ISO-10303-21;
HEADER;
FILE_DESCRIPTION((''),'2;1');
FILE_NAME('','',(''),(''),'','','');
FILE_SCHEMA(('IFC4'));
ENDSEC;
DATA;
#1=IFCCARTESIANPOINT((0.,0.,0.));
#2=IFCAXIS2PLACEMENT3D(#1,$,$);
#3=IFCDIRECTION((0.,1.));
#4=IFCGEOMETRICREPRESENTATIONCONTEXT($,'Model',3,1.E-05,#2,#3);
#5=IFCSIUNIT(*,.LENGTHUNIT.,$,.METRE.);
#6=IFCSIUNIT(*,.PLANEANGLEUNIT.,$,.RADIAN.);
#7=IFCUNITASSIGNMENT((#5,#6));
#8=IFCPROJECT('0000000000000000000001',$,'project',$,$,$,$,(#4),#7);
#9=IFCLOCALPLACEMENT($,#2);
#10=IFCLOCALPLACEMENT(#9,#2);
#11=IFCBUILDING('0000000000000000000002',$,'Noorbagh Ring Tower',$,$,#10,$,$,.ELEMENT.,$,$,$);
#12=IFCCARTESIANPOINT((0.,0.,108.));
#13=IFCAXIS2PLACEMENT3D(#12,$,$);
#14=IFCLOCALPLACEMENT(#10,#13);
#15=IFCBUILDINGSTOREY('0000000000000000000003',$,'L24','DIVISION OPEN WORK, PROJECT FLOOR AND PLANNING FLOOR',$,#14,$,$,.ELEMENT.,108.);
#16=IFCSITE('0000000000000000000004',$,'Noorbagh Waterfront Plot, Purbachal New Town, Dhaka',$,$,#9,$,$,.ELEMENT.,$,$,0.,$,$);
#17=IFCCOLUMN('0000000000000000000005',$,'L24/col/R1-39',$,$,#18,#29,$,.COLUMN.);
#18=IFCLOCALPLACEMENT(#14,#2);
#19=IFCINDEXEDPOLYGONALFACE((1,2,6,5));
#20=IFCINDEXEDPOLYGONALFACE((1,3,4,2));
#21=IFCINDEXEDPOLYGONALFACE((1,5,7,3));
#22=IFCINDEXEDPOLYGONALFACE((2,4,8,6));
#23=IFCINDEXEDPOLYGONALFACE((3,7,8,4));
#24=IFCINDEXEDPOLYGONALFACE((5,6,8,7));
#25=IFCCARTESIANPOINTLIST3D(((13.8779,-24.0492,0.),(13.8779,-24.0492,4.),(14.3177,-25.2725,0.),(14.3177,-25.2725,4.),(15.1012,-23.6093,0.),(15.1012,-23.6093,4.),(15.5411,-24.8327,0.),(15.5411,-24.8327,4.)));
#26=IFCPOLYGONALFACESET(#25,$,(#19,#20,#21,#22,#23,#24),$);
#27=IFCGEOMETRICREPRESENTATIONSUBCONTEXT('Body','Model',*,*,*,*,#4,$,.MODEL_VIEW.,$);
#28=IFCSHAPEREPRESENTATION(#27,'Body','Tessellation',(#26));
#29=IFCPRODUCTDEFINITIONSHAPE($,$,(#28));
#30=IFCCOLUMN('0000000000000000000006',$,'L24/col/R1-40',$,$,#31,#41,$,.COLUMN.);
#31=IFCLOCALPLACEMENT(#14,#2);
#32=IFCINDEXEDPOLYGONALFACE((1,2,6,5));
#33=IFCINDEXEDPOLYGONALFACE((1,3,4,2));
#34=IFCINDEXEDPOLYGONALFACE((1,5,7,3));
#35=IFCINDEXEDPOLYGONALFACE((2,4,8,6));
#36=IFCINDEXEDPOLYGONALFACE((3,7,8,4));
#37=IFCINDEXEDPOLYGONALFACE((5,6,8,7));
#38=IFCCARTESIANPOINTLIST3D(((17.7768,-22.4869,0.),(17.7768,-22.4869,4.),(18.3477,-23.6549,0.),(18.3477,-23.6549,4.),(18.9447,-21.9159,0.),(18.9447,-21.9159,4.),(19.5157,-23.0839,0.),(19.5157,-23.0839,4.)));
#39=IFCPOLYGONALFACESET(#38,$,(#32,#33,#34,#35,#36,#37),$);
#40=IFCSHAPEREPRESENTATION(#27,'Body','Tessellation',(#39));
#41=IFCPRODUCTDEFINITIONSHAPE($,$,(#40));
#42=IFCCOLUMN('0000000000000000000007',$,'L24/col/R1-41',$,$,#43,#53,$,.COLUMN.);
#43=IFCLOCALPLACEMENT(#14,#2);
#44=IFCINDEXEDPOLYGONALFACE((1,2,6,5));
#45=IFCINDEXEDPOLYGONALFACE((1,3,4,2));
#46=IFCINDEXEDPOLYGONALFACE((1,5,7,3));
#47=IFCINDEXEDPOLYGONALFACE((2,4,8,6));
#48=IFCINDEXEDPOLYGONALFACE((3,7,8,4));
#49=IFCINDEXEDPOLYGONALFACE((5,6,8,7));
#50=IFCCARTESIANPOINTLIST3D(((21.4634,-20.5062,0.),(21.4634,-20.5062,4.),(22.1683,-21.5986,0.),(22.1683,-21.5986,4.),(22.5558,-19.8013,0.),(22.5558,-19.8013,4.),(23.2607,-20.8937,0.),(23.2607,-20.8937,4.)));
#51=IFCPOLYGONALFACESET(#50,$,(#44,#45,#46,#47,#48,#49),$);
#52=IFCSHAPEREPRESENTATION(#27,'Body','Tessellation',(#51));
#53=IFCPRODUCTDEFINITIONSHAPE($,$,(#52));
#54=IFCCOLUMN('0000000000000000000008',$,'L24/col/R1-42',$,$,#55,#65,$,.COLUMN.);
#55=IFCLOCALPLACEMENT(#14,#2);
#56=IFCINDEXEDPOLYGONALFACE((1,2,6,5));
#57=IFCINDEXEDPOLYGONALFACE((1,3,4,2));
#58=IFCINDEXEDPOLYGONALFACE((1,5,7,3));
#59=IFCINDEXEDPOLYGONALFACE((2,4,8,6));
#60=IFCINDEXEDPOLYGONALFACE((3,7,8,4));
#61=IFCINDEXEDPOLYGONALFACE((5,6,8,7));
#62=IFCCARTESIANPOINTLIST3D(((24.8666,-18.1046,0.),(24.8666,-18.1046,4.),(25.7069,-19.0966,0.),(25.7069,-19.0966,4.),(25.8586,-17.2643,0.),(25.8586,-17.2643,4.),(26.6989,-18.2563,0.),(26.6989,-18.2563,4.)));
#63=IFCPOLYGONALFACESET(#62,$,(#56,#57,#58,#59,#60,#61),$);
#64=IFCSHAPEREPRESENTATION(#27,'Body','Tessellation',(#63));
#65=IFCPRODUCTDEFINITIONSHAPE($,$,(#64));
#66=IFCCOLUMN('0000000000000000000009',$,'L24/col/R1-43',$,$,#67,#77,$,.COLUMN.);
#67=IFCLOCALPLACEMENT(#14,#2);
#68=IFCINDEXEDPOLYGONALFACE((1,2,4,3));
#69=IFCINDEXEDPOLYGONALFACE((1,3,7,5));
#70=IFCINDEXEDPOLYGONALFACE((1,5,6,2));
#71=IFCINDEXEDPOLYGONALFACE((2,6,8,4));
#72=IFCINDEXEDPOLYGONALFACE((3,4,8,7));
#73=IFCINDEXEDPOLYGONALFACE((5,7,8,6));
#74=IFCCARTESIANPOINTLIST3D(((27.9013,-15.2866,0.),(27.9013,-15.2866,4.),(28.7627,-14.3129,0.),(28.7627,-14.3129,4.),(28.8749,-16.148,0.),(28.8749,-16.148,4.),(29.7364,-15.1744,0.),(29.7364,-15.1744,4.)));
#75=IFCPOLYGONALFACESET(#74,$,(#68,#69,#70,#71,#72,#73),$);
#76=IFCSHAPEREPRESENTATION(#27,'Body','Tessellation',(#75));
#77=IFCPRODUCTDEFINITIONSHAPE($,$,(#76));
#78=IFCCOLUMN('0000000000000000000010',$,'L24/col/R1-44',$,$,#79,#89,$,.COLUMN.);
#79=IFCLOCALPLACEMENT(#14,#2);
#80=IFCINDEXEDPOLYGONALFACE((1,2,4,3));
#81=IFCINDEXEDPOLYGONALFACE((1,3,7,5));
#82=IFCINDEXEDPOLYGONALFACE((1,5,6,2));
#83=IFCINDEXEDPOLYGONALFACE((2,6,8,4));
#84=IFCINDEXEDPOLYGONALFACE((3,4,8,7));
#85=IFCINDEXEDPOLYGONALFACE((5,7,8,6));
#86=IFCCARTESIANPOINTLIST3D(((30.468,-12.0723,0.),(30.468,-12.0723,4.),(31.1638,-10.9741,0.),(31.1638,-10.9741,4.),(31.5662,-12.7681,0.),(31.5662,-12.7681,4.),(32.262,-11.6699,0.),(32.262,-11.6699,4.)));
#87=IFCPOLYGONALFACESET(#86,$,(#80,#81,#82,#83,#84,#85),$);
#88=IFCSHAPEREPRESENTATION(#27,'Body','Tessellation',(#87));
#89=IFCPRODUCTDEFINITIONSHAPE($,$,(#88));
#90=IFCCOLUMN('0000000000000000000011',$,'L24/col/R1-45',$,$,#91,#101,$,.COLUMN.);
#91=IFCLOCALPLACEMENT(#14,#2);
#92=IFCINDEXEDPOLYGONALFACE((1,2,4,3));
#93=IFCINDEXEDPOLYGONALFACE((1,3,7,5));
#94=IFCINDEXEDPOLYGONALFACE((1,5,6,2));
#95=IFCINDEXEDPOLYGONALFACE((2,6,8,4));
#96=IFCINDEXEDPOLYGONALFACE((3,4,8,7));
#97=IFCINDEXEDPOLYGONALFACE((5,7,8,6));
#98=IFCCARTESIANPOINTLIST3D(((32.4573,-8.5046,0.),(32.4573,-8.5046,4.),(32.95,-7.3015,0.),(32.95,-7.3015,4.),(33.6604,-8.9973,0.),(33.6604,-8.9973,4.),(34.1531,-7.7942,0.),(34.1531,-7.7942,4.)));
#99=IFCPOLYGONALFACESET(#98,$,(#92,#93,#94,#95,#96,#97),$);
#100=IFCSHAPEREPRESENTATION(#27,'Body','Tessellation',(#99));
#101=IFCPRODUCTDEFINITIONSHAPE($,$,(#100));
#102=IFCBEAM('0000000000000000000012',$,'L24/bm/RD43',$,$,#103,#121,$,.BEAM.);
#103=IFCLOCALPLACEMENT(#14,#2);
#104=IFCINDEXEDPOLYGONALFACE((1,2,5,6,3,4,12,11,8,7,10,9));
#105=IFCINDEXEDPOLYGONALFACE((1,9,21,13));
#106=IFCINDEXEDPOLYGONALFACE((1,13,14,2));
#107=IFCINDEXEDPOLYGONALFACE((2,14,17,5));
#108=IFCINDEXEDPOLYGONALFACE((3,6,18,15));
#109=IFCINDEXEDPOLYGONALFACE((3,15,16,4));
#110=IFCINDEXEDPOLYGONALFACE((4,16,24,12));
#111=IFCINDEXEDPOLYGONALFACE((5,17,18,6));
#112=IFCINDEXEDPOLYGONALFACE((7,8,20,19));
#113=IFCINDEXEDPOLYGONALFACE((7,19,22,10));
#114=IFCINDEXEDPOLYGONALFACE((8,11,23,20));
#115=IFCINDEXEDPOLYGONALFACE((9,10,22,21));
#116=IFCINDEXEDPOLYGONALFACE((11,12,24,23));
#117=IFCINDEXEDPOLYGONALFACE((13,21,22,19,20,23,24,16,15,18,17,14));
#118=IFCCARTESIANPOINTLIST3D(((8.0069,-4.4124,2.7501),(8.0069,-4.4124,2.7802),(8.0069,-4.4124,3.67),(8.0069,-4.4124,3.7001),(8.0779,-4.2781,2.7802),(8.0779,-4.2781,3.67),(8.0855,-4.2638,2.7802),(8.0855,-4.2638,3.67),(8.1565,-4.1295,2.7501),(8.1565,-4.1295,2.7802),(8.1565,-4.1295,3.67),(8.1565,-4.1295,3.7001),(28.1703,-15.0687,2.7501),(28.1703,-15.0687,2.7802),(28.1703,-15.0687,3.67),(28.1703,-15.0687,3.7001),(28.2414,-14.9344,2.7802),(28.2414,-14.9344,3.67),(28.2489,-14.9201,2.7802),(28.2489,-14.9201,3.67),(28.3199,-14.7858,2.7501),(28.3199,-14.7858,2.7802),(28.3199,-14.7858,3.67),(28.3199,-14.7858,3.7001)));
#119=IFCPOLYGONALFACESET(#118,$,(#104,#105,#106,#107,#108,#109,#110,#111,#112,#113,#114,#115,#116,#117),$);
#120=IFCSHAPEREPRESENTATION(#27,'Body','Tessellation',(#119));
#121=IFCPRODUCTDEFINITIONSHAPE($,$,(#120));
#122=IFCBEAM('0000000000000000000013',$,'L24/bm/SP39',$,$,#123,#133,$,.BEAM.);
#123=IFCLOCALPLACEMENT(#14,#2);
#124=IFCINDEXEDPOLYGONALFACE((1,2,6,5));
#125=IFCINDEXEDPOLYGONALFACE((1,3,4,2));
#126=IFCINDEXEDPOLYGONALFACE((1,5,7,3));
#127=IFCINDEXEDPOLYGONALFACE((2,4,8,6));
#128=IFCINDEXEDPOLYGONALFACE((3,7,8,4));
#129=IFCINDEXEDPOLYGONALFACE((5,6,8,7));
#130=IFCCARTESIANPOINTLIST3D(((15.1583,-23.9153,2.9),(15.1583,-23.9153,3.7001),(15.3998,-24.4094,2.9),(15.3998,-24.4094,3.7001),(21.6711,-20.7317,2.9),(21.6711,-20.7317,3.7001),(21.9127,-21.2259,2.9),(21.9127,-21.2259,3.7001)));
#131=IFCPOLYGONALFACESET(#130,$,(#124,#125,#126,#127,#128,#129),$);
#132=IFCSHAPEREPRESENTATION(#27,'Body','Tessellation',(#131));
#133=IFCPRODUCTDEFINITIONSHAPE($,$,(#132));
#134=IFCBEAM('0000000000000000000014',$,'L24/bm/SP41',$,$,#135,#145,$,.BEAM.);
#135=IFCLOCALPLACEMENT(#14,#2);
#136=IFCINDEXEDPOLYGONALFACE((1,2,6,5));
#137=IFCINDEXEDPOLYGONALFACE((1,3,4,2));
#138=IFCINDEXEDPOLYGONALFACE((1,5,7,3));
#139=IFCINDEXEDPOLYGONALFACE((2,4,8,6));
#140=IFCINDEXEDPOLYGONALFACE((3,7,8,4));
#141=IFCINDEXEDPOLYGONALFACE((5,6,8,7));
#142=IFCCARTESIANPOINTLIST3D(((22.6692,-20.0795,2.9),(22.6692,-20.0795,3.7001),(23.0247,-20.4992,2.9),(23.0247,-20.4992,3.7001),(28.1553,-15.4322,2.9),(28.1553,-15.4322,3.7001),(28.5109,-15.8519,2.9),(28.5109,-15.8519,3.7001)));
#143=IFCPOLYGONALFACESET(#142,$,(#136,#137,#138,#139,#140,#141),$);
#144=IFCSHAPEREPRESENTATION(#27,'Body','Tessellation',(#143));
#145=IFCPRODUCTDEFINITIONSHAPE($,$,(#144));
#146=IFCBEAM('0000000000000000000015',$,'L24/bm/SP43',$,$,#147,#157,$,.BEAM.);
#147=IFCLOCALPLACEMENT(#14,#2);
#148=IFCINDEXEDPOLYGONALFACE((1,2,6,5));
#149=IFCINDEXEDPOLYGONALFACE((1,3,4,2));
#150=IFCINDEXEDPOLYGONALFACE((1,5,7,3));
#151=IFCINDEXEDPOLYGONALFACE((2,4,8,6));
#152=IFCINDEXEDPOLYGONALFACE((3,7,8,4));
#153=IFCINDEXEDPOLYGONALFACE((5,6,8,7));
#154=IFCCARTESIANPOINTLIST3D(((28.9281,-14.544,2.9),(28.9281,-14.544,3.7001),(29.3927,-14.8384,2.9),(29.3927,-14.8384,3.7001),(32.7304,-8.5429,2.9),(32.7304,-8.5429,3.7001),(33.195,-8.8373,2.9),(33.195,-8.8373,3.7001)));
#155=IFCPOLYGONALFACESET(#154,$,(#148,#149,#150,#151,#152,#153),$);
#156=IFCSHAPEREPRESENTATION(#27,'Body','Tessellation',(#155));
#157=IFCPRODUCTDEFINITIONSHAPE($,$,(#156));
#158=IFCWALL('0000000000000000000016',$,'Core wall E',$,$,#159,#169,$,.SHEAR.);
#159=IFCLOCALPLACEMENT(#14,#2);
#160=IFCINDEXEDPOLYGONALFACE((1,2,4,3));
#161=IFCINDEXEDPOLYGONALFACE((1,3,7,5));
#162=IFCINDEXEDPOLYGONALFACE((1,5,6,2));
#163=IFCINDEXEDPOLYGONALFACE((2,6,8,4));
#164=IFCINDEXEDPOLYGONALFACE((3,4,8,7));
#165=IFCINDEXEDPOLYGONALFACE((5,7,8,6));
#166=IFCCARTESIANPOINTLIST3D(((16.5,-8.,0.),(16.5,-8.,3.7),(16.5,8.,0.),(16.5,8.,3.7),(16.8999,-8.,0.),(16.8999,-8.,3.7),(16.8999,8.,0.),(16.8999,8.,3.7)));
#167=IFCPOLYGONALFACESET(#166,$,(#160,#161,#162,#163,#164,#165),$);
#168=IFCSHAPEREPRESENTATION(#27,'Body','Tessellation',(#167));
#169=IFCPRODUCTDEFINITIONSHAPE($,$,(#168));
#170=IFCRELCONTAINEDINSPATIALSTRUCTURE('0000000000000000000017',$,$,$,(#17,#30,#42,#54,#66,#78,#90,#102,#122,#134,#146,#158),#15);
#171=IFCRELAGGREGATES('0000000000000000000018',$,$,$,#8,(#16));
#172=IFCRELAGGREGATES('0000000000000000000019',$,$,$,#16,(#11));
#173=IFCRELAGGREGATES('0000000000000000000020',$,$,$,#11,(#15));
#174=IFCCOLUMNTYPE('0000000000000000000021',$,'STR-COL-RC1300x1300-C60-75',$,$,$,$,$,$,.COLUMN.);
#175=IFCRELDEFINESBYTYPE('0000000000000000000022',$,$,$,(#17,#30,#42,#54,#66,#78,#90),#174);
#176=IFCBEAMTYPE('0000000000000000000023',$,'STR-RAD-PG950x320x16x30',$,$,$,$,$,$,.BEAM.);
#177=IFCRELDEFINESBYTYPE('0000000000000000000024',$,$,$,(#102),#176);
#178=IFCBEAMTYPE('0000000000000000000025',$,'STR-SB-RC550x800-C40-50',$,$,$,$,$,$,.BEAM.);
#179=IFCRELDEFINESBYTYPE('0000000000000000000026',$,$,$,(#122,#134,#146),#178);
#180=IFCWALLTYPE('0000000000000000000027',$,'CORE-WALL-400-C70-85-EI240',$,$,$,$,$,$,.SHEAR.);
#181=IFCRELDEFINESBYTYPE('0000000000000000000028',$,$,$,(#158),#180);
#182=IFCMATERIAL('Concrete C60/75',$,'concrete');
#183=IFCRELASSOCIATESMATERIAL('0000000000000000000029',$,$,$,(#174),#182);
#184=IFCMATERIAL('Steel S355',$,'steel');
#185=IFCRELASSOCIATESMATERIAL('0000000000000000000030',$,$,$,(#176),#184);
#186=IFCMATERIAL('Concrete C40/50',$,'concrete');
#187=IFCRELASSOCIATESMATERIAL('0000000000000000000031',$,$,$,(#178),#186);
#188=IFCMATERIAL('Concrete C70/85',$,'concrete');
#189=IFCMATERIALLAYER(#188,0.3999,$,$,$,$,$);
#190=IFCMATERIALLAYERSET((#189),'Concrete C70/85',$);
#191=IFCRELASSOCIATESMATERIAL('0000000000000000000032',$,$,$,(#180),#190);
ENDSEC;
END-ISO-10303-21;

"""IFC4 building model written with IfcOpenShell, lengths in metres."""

from ifc_helpers import new_model, si_unit, direction, frame, frame_2d, origin, origin_2d, place, context, subcontext, project, spatial, rectangle, i_section, extrude, material, layer, layer_set, material_profile, profile_set, type_object, element, save


model = new_model("IFC4")

# Units and contexts
model_context = context("Model", 3, precision=1e-05, world=origin(), true_north=direction((0.0, 1.0)))
body_context = subcontext(model_context, "Body", "Model", "MODEL_VIEW")
ifc_project = project(units=[si_unit("LENGTHUNIT", "METRE"), si_unit("PLANEANGLEUNIT", "RADIAN")], contexts=[model_context])

# Site, building, storey
site_placement = place(None, origin())
site = spatial("IfcSite", under=ifc_project, at=site_placement, Name="Noorbagh Waterfront Plot, Purbachal New Town, Dhaka", CompositionType="ELEMENT", RefElevation=0.0)
building_placement = place(site_placement, origin())
building = spatial("IfcBuilding", under=site, at=building_placement, Name="Noorbagh Ring Tower", CompositionType="ELEMENT")
storey_placement = place(building_placement, frame((0.0, 0.0, 108.0)))
storey = spatial("IfcBuildingStorey", under=building, at=storey_placement, Name="L24", Description="DIVISION OPEN WORK, PROJECT FLOOR AND PLANNING FLOOR", CompositionType="ELEMENT", Elevation=108.0)

# Columns
ifc_material_1 = material(Name="Concrete C60/75", Category="concrete")
ifc_material_profile_1 = material_profile(ifc_material_1, rectangle(XDim=1.3, YDim=1.3, at=origin_2d()), Name="RC1300x1300")
ifc_profile_set_1 = profile_set([ifc_material_profile_1], Name="Concrete C60/75")
column_type = type_object("IfcColumnType", Name="STR-COL-RC1300x1300-C60-75", PredefinedType="COLUMN", material=ifc_profile_set_1)
for number, where, z_axis, x_axis, name in (
    (1, (14.7095, -24.4409, 0.0), (0.0, 0.0, 1.0), (0.941025, 0.338338, 0.0), "L24/col/R1-39"),
    (2, (18.6462, -22.7854, 0.0), (0.0, 0.0, 1.0), (0.898399, 0.43918, 0.0), "L24/col/R1-40"),
    (3, (22.3621, -20.7, 0.0), (0.0, 0.0, 1.0), (0.840248, 0.542203, 0.0), "L24/col/R1-41"),
    (4, (25.7827, -18.1804, 0.0), (0.0, 0.0, 1.0), (0.763035, 0.646357, 0.0), "L24/col/R1-42"),
    (5, (28.8188, -15.2305, 0.0), (0.0, 0.0, 1.0), (0.662636, 0.748942, 0.0), "L24/col/R1-43"),
    (6, (31.365, -11.8711, 0.0), (0.0, 0.0, 1.0), (0.53519, 0.844731, 0.0), "L24/col/R1-44"),
    (7, (33.3052, -8.1494, 0.0), (0.0, 0.0, 1.0), (0.378989, 0.925401, 0.0), "L24/col/R1-45"),
):
    element("IfcColumn", number, at=place(storey_placement, frame(where, z_axis=z_axis, x_axis=x_axis)), inside=storey, type_object=column_type, Name=name, PredefinedType="COLUMN", context=body_context, shape_type="SweptSolid", body=[
        extrude(rectangle(XDim=1.3, YDim=1.3, at=origin_2d()), origin(), (0.0, 0.0, 1.0), 4.0),
    ])

# Beams
ifc_material_2 = material(Name="Steel S355", Category="steel")
ifc_material_profile_2 = material_profile(ifc_material_2, i_section(OverallWidth=0.3201, OverallDepth=0.95, WebThickness=0.0161, FlangeThickness=0.03, at=origin_2d()), Name="PG950x320x16x30")
ifc_profile_set_2 = profile_set([ifc_material_profile_2], Name="Steel S355")
beam_type_1 = type_object("IfcBeamType", Name="STR-RAD-PG950x320x16x30", PredefinedType="BEAM", material=ifc_profile_set_2)
beam_1_placement = place(storey_placement, frame((28.2451, -14.9272, 3.2251), z_axis=(-0.884122, 0.467256, 0.0), x_axis=(-0.467256, -0.884122, 0.0)))
element("IfcBeam", 8, at=beam_1_placement, inside=storey, type_object=beam_type_1, Name="L24/bm/RD43", PredefinedType="BEAM", context=body_context, shape_type="SweptSolid", body=[
    extrude(i_section(OverallWidth=0.3201, OverallDepth=0.95, WebThickness=0.0161, FlangeThickness=0.03, at=origin_2d()), origin(), (0.0, 0.0, 1.0), 22.8062),
])
ifc_material_3 = material(Name="Concrete C40/50", Category="concrete")
ifc_material_profile_3 = material_profile(ifc_material_3, rectangle(XDim=0.55, YDim=0.8, at=origin_2d()), Name="RC550x800")
ifc_profile_set_3 = profile_set([ifc_material_profile_3], Name="Concrete C40/50")
beam_type_2 = type_object("IfcBeamType", Name="STR-SB-RC550x800-C40-50", PredefinedType="BEAM", material=ifc_profile_set_3)
beam_2_placement = place(storey_placement, frame((15.2791, -24.1624, 3.3), z_axis=(0.898412, 0.439153, 0.0), x_axis=(-0.439153, 0.898412, 0.0)))
element("IfcBeam", 9, at=beam_2_placement, inside=storey, type_object=beam_type_2, Name="L24/bm/SP39", PredefinedType="BEAM", context=body_context, shape_type="SweptSolid", body=[
    extrude(rectangle(XDim=0.55, YDim=0.8, at=origin_2d()), origin(), (0.0, 0.0, 1.0), 7.2493),
])
beam_3_placement = place(storey_placement, frame((22.8469, -20.2893, 3.3), z_axis=(0.763033, 0.646359, 0.0), x_axis=(-0.646359, 0.763033, 0.0)))
element("IfcBeam", 10, at=beam_3_placement, inside=storey, type_object=beam_type_2, Name="L24/bm/SP41", PredefinedType="BEAM", context=body_context, shape_type="SweptSolid", body=[
    extrude(rectangle(XDim=0.55, YDim=0.8, at=origin_2d()), origin(), (0.0, 0.0, 1.0), 7.1899),
])
beam_4_placement = place(storey_placement, frame((29.1604, -14.6912, 3.3), z_axis=(0.535216, 0.844715, 0.0), x_axis=(-0.844715, 0.535216, 0.0)))
element("IfcBeam", 11, at=beam_4_placement, inside=storey, type_object=beam_type_2, Name="L24/bm/SP43", PredefinedType="BEAM", context=body_context, shape_type="SweptSolid", body=[
    extrude(rectangle(XDim=0.55, YDim=0.8, at=origin_2d()), origin(), (0.0, 0.0, 1.0), 7.1042),
])

# Wall
ifc_material_4 = material(Name="Concrete C70/85", Category="concrete")
ifc_layer_1 = layer(ifc_material_4, 0.3999)
ifc_layer_set_1 = layer_set([ifc_layer_1], Name="Concrete C70/85")
wall_type_1 = type_object("IfcWallType", Name="CORE-WALL-400-C70-85-EI240", PredefinedType="SHEAR", material=ifc_layer_set_1)
wall_1_placement = place(storey_placement, frame((16.7, -8.0, 0.0), z_axis=(0.0, 0.0, 1.0), x_axis=(0.0, 1.0, 0.0)))
element("IfcWall", 12, at=wall_1_placement, inside=storey, type_object=wall_type_1, Name="Core wall E", PredefinedType="SHEAR", context=body_context, shape_type="SweptSolid", body=[
    extrude(rectangle(XDim=16.0, YDim=0.3999, at=frame_2d((8.0, 0.0))), origin(), (0.0, 0.0, 1.0), 3.7),
])

save(model, "model.ifc")
